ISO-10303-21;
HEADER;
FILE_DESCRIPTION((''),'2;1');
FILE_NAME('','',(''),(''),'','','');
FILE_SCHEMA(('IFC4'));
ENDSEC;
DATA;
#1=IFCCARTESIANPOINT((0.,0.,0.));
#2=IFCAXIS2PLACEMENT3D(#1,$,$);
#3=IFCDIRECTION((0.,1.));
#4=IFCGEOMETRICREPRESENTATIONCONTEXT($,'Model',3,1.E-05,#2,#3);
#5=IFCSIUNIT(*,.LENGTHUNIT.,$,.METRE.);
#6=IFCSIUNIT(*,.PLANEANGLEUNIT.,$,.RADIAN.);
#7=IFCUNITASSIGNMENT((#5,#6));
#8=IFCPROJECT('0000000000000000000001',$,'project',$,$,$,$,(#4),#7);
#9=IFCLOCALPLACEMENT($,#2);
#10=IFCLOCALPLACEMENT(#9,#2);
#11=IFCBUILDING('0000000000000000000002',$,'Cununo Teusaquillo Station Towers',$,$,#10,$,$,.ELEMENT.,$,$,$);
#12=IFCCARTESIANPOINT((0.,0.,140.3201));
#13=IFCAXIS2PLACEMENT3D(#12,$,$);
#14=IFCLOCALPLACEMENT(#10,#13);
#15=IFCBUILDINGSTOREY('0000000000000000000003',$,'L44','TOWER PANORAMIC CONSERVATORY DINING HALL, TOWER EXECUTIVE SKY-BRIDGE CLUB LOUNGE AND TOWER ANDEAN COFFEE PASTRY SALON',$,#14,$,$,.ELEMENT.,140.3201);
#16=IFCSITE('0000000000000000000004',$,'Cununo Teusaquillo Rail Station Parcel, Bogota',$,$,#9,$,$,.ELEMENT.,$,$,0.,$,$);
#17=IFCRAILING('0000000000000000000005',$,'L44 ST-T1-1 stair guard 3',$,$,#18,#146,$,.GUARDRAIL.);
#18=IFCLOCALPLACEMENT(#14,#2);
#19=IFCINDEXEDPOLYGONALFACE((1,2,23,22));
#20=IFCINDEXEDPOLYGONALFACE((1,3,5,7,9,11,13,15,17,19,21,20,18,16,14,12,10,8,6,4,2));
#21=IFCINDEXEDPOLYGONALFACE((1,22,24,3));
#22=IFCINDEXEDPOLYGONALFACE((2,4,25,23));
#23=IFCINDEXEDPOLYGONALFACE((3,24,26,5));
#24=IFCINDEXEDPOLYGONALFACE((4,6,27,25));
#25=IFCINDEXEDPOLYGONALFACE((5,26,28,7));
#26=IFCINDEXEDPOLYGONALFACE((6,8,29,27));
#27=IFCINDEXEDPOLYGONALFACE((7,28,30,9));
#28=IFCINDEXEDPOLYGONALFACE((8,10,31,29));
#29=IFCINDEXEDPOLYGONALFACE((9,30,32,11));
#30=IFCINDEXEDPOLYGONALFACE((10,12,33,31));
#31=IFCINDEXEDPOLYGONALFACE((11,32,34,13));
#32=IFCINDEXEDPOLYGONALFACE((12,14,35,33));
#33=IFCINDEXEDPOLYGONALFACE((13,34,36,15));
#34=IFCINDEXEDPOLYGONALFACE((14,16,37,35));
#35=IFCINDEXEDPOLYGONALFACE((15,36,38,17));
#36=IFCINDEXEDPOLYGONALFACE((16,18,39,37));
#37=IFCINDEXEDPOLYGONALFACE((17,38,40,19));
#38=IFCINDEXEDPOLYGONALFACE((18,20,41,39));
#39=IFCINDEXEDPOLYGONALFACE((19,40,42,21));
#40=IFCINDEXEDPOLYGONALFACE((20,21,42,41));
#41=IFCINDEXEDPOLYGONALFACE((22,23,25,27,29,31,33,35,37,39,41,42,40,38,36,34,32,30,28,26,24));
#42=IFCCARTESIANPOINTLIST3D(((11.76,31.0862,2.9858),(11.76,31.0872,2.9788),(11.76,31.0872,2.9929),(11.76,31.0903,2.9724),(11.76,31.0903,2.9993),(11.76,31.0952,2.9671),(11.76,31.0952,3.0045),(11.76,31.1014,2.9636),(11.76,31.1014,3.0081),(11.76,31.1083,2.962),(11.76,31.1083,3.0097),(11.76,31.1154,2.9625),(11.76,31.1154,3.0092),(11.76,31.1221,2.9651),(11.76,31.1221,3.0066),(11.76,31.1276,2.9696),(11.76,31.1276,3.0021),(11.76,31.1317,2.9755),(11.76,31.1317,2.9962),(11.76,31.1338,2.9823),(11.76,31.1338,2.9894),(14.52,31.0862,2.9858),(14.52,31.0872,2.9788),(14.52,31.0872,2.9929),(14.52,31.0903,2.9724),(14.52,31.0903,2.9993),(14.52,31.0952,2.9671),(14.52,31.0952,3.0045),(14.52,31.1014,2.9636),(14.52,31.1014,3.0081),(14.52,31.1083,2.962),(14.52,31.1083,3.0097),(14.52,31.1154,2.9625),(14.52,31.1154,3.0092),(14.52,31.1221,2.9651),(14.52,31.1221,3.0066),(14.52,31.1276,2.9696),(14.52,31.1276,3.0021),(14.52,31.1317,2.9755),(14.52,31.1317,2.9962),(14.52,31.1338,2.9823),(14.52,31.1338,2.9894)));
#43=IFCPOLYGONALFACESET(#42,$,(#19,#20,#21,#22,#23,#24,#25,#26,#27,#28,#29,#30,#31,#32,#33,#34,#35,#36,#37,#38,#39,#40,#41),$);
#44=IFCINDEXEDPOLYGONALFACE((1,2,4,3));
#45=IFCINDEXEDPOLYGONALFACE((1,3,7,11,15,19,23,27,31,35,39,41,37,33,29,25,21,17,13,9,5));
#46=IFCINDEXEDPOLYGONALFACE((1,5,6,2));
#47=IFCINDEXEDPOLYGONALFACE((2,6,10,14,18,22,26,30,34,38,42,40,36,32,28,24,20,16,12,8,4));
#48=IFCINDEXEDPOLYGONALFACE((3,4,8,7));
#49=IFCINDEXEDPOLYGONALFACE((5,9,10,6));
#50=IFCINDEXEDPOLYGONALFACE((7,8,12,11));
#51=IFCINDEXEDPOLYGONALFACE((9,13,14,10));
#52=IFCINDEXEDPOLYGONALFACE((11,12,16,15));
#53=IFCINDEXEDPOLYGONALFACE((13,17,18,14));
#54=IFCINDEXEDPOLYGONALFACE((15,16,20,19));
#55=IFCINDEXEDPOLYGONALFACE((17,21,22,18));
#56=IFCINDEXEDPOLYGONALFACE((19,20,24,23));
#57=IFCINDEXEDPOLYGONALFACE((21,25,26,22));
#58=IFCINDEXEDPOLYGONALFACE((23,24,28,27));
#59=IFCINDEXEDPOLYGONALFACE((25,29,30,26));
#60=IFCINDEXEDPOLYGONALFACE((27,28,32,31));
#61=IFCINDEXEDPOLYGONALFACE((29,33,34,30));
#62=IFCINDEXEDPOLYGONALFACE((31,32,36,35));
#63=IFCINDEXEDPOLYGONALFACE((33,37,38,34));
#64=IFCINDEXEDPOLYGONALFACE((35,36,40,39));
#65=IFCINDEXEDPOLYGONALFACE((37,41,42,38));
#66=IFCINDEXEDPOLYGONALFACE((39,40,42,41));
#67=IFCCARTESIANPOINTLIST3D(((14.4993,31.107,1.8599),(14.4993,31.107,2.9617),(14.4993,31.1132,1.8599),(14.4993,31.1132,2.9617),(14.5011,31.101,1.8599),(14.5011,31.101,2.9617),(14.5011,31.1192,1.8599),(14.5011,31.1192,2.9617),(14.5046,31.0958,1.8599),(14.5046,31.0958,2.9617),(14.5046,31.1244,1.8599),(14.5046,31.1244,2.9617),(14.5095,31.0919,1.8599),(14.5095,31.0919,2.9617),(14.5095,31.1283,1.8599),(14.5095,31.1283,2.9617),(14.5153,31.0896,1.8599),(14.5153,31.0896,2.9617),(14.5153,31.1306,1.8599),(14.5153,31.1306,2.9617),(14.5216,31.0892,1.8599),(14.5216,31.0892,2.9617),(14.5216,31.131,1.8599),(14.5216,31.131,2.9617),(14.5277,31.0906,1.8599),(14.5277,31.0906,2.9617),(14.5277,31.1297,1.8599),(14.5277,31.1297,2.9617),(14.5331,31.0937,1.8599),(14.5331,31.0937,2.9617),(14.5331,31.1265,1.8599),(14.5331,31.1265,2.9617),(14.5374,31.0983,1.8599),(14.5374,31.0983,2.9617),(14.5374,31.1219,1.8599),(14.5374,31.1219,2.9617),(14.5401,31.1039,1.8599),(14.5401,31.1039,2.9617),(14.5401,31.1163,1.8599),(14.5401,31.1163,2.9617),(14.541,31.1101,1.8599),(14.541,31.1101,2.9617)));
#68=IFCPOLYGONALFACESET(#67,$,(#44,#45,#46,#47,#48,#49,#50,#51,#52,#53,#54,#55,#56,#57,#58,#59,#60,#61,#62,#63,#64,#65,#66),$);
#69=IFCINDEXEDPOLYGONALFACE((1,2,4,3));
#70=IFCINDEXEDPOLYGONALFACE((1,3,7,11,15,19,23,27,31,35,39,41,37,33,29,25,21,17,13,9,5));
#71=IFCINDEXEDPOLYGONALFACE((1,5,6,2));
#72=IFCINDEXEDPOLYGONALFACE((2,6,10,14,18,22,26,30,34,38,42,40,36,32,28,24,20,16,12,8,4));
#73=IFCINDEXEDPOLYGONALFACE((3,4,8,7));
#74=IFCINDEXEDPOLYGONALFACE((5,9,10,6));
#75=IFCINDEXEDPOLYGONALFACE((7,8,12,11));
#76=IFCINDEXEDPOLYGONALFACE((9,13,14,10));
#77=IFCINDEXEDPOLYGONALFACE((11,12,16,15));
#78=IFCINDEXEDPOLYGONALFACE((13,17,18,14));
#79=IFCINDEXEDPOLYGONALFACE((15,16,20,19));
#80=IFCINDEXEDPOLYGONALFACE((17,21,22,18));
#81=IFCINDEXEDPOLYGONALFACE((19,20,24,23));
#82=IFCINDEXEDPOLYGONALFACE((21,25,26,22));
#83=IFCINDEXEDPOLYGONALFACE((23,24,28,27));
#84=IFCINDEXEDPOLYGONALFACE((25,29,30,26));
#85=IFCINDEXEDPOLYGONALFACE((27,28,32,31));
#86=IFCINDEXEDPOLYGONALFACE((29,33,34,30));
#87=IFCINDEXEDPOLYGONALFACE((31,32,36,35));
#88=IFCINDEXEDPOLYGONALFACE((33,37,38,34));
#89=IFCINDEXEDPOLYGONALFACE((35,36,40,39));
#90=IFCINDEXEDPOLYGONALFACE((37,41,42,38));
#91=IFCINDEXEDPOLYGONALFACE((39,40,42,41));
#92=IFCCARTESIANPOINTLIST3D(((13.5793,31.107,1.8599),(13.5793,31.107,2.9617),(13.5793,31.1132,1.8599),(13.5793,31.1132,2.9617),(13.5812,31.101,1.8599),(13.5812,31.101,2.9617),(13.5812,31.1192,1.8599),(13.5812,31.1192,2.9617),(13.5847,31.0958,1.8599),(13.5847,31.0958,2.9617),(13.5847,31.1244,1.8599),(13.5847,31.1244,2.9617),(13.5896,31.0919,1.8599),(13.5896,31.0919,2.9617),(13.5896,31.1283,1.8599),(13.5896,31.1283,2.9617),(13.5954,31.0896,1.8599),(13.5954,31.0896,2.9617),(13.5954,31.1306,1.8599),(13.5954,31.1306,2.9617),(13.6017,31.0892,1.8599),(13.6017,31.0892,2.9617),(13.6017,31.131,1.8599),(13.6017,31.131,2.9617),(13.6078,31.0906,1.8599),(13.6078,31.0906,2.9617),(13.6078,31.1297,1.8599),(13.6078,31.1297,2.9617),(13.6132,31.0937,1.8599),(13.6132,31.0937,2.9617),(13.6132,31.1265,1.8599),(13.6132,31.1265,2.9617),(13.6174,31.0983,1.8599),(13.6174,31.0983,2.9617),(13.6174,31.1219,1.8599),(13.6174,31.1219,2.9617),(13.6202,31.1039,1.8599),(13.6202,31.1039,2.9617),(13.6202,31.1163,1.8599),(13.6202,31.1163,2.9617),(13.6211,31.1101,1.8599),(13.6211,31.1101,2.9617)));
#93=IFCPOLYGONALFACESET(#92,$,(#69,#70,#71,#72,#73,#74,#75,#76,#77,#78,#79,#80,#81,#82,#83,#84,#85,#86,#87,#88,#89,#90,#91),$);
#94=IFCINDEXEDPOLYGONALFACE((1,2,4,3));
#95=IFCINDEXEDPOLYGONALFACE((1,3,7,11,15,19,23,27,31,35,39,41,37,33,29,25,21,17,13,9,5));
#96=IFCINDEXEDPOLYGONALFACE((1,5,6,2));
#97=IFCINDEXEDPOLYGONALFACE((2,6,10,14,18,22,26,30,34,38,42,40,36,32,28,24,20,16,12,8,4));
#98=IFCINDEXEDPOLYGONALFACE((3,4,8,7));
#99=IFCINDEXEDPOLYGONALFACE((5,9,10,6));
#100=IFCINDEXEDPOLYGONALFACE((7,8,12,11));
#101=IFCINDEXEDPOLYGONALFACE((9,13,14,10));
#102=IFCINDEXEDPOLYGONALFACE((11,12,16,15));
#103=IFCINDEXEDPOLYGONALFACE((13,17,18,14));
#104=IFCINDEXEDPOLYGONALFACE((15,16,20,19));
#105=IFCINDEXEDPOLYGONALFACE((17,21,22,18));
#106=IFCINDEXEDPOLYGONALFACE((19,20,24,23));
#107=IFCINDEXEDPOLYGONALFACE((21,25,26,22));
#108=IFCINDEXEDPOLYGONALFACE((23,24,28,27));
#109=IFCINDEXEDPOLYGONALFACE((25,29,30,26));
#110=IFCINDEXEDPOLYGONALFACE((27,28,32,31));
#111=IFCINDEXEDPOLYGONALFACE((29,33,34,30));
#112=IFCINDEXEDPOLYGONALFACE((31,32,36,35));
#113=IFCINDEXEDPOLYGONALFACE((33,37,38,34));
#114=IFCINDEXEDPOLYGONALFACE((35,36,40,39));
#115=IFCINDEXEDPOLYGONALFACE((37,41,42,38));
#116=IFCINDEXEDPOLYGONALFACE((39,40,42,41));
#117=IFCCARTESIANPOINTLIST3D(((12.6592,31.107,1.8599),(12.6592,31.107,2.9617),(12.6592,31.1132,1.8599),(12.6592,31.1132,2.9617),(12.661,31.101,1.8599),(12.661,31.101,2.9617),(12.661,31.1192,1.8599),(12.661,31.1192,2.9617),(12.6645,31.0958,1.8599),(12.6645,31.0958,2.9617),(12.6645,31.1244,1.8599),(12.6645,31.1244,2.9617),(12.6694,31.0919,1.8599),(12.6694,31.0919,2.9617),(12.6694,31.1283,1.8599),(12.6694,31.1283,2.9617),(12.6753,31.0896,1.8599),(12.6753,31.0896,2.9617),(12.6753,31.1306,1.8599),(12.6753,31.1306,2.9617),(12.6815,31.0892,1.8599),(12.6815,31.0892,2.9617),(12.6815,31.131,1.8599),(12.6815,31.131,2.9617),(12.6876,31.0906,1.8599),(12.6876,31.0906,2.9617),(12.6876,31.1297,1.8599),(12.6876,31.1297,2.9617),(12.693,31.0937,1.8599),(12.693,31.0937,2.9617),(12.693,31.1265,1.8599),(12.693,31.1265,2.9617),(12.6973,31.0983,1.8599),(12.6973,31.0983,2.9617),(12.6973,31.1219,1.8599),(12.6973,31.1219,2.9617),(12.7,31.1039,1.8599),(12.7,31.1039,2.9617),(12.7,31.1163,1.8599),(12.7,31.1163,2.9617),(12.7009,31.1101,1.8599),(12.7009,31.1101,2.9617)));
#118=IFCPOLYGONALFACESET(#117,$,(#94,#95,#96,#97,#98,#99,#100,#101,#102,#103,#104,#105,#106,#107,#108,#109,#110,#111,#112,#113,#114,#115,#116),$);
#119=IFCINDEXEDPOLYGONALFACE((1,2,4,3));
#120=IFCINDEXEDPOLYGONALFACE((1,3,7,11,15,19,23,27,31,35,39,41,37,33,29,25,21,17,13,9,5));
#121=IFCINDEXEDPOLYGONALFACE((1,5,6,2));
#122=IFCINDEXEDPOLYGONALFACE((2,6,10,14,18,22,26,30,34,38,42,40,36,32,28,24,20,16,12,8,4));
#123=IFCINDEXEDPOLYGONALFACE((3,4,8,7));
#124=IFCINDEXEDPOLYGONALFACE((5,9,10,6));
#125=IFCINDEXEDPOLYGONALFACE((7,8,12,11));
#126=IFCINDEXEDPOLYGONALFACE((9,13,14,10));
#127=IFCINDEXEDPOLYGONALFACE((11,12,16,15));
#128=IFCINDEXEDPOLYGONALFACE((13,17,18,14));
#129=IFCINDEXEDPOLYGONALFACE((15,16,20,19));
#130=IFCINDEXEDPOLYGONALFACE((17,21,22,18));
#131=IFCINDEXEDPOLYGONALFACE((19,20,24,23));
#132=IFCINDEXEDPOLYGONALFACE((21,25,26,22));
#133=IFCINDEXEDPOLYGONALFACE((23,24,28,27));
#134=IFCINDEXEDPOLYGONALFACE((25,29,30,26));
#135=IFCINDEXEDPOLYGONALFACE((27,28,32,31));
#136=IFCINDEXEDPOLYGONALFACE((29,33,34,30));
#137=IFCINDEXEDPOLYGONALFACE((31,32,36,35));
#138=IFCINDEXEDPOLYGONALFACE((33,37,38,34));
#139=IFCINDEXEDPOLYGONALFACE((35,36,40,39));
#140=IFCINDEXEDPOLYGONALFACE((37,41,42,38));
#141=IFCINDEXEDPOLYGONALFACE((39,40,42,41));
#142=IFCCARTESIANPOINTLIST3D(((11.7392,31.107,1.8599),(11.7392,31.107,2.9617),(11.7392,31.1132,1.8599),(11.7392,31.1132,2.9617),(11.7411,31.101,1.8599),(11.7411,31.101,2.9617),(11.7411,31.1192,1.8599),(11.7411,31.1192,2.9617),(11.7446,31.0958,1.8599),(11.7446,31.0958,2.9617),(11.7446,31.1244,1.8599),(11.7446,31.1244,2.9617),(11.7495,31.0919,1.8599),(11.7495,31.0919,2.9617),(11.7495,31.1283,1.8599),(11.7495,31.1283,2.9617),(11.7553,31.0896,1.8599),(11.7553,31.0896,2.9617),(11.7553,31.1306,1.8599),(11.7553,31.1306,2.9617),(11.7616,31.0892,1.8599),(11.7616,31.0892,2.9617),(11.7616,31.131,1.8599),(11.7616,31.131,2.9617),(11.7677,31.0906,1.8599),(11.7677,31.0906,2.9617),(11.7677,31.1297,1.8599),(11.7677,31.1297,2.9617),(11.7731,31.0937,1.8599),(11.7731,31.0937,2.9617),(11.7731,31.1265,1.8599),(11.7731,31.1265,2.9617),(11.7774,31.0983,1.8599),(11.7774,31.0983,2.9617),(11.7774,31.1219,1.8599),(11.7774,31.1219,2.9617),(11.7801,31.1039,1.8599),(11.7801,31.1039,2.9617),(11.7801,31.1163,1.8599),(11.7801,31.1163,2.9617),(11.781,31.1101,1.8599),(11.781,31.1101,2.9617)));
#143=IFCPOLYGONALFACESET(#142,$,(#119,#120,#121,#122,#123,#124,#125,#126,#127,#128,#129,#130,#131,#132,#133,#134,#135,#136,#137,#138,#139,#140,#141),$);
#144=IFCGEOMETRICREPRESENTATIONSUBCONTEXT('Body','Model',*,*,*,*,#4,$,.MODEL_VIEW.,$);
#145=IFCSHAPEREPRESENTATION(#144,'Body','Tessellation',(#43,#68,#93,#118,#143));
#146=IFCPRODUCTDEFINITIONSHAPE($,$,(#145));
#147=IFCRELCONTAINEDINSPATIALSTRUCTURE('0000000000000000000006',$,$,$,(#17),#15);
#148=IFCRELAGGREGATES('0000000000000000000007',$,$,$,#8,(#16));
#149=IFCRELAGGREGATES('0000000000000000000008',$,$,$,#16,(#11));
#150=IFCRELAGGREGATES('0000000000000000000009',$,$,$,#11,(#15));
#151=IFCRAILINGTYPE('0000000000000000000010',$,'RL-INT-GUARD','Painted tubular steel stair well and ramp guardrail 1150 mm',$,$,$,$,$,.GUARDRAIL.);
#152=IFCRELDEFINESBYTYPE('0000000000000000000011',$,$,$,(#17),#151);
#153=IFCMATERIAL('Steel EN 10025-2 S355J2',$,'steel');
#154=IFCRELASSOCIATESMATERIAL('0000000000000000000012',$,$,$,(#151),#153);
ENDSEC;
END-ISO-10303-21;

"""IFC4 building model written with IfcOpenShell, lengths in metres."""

from ifc_helpers import new_model, si_unit, direction, frame, origin, origin_2d, place, context, subcontext, project, spatial, circle, extrude, material, type_object, element, save


model = new_model("IFC4")

# Units and contexts
model_context = context("Model", 3, precision=1e-05, world=origin(), true_north=direction((0.0, 1.0)))
body_context = subcontext(model_context, "Body", "Model", "MODEL_VIEW")
ifc_project = project(units=[si_unit("LENGTHUNIT", "METRE"), si_unit("PLANEANGLEUNIT", "RADIAN")], contexts=[model_context])

# Site, building, storey
site_placement = place(None, origin())
site = spatial("IfcSite", under=ifc_project, at=site_placement, Name="Cununo Teusaquillo Rail Station Parcel, Bogota", CompositionType="ELEMENT", RefElevation=0.0)
building_placement = place(site_placement, origin())
building = spatial("IfcBuilding", under=site, at=building_placement, Name="Cununo Teusaquillo Station Towers", CompositionType="ELEMENT")
storey_placement = place(building_placement, frame((0.0, 0.0, 140.3201)))
storey = spatial("IfcBuildingStorey", under=building, at=storey_placement, Name="L44", Description="TOWER PANORAMIC CONSERVATORY DINING HALL, TOWER EXECUTIVE SKY-BRIDGE CLUB LOUNGE AND TOWER ANDEAN COFFEE PASTRY SALON", CompositionType="ELEMENT", Elevation=140.3201)

# Railing
ifc_material_1 = material(Name="Steel EN 10025-2 S355J2", Category="steel")
railing_type_1 = type_object("IfcRailingType", Name="RL-INT-GUARD", Description="Painted tubular steel stair well and ramp guardrail 1150 mm", PredefinedType="GUARDRAIL", material=ifc_material_1)
railing_1_placement = place(storey_placement, frame((14.52, 31.1101, 1.8599)))
element("IfcRailing", 1, at=railing_1_placement, inside=storey, type_object=railing_type_1, Name="L44 ST-T1-1 stair guard 3", PredefinedType="GUARDRAIL", context=body_context, shape_type="SweptSolid", body=[
    extrude(circle(Radius=0.0239, at=origin_2d()), frame((0.0, 0.0, 1.126), z_axis=(-1.0, 0.0, 0.0), x_axis=(0.0, -1.0, 0.0)), (0.0, 0.0, 1.0), 2.76),
    extrude(circle(Radius=0.021, at=origin_2d()), origin(), (0.0, 0.0, 1.0), 1.1018),
    extrude(circle(Radius=0.021, at=origin_2d()), frame((-0.9199, 0.0, 0.0)), (0.0, 0.0, 1.0), 1.1018),
    extrude(circle(Radius=0.021, at=origin_2d()), frame((-1.8401, 0.0, 0.0)), (0.0, 0.0, 1.0), 1.1018),
    extrude(circle(Radius=0.021, at=origin_2d()), frame((-2.76, 0.0, 0.0)), (0.0, 0.0, 1.0), 1.1018),
])

save(model, "model.ifc")
